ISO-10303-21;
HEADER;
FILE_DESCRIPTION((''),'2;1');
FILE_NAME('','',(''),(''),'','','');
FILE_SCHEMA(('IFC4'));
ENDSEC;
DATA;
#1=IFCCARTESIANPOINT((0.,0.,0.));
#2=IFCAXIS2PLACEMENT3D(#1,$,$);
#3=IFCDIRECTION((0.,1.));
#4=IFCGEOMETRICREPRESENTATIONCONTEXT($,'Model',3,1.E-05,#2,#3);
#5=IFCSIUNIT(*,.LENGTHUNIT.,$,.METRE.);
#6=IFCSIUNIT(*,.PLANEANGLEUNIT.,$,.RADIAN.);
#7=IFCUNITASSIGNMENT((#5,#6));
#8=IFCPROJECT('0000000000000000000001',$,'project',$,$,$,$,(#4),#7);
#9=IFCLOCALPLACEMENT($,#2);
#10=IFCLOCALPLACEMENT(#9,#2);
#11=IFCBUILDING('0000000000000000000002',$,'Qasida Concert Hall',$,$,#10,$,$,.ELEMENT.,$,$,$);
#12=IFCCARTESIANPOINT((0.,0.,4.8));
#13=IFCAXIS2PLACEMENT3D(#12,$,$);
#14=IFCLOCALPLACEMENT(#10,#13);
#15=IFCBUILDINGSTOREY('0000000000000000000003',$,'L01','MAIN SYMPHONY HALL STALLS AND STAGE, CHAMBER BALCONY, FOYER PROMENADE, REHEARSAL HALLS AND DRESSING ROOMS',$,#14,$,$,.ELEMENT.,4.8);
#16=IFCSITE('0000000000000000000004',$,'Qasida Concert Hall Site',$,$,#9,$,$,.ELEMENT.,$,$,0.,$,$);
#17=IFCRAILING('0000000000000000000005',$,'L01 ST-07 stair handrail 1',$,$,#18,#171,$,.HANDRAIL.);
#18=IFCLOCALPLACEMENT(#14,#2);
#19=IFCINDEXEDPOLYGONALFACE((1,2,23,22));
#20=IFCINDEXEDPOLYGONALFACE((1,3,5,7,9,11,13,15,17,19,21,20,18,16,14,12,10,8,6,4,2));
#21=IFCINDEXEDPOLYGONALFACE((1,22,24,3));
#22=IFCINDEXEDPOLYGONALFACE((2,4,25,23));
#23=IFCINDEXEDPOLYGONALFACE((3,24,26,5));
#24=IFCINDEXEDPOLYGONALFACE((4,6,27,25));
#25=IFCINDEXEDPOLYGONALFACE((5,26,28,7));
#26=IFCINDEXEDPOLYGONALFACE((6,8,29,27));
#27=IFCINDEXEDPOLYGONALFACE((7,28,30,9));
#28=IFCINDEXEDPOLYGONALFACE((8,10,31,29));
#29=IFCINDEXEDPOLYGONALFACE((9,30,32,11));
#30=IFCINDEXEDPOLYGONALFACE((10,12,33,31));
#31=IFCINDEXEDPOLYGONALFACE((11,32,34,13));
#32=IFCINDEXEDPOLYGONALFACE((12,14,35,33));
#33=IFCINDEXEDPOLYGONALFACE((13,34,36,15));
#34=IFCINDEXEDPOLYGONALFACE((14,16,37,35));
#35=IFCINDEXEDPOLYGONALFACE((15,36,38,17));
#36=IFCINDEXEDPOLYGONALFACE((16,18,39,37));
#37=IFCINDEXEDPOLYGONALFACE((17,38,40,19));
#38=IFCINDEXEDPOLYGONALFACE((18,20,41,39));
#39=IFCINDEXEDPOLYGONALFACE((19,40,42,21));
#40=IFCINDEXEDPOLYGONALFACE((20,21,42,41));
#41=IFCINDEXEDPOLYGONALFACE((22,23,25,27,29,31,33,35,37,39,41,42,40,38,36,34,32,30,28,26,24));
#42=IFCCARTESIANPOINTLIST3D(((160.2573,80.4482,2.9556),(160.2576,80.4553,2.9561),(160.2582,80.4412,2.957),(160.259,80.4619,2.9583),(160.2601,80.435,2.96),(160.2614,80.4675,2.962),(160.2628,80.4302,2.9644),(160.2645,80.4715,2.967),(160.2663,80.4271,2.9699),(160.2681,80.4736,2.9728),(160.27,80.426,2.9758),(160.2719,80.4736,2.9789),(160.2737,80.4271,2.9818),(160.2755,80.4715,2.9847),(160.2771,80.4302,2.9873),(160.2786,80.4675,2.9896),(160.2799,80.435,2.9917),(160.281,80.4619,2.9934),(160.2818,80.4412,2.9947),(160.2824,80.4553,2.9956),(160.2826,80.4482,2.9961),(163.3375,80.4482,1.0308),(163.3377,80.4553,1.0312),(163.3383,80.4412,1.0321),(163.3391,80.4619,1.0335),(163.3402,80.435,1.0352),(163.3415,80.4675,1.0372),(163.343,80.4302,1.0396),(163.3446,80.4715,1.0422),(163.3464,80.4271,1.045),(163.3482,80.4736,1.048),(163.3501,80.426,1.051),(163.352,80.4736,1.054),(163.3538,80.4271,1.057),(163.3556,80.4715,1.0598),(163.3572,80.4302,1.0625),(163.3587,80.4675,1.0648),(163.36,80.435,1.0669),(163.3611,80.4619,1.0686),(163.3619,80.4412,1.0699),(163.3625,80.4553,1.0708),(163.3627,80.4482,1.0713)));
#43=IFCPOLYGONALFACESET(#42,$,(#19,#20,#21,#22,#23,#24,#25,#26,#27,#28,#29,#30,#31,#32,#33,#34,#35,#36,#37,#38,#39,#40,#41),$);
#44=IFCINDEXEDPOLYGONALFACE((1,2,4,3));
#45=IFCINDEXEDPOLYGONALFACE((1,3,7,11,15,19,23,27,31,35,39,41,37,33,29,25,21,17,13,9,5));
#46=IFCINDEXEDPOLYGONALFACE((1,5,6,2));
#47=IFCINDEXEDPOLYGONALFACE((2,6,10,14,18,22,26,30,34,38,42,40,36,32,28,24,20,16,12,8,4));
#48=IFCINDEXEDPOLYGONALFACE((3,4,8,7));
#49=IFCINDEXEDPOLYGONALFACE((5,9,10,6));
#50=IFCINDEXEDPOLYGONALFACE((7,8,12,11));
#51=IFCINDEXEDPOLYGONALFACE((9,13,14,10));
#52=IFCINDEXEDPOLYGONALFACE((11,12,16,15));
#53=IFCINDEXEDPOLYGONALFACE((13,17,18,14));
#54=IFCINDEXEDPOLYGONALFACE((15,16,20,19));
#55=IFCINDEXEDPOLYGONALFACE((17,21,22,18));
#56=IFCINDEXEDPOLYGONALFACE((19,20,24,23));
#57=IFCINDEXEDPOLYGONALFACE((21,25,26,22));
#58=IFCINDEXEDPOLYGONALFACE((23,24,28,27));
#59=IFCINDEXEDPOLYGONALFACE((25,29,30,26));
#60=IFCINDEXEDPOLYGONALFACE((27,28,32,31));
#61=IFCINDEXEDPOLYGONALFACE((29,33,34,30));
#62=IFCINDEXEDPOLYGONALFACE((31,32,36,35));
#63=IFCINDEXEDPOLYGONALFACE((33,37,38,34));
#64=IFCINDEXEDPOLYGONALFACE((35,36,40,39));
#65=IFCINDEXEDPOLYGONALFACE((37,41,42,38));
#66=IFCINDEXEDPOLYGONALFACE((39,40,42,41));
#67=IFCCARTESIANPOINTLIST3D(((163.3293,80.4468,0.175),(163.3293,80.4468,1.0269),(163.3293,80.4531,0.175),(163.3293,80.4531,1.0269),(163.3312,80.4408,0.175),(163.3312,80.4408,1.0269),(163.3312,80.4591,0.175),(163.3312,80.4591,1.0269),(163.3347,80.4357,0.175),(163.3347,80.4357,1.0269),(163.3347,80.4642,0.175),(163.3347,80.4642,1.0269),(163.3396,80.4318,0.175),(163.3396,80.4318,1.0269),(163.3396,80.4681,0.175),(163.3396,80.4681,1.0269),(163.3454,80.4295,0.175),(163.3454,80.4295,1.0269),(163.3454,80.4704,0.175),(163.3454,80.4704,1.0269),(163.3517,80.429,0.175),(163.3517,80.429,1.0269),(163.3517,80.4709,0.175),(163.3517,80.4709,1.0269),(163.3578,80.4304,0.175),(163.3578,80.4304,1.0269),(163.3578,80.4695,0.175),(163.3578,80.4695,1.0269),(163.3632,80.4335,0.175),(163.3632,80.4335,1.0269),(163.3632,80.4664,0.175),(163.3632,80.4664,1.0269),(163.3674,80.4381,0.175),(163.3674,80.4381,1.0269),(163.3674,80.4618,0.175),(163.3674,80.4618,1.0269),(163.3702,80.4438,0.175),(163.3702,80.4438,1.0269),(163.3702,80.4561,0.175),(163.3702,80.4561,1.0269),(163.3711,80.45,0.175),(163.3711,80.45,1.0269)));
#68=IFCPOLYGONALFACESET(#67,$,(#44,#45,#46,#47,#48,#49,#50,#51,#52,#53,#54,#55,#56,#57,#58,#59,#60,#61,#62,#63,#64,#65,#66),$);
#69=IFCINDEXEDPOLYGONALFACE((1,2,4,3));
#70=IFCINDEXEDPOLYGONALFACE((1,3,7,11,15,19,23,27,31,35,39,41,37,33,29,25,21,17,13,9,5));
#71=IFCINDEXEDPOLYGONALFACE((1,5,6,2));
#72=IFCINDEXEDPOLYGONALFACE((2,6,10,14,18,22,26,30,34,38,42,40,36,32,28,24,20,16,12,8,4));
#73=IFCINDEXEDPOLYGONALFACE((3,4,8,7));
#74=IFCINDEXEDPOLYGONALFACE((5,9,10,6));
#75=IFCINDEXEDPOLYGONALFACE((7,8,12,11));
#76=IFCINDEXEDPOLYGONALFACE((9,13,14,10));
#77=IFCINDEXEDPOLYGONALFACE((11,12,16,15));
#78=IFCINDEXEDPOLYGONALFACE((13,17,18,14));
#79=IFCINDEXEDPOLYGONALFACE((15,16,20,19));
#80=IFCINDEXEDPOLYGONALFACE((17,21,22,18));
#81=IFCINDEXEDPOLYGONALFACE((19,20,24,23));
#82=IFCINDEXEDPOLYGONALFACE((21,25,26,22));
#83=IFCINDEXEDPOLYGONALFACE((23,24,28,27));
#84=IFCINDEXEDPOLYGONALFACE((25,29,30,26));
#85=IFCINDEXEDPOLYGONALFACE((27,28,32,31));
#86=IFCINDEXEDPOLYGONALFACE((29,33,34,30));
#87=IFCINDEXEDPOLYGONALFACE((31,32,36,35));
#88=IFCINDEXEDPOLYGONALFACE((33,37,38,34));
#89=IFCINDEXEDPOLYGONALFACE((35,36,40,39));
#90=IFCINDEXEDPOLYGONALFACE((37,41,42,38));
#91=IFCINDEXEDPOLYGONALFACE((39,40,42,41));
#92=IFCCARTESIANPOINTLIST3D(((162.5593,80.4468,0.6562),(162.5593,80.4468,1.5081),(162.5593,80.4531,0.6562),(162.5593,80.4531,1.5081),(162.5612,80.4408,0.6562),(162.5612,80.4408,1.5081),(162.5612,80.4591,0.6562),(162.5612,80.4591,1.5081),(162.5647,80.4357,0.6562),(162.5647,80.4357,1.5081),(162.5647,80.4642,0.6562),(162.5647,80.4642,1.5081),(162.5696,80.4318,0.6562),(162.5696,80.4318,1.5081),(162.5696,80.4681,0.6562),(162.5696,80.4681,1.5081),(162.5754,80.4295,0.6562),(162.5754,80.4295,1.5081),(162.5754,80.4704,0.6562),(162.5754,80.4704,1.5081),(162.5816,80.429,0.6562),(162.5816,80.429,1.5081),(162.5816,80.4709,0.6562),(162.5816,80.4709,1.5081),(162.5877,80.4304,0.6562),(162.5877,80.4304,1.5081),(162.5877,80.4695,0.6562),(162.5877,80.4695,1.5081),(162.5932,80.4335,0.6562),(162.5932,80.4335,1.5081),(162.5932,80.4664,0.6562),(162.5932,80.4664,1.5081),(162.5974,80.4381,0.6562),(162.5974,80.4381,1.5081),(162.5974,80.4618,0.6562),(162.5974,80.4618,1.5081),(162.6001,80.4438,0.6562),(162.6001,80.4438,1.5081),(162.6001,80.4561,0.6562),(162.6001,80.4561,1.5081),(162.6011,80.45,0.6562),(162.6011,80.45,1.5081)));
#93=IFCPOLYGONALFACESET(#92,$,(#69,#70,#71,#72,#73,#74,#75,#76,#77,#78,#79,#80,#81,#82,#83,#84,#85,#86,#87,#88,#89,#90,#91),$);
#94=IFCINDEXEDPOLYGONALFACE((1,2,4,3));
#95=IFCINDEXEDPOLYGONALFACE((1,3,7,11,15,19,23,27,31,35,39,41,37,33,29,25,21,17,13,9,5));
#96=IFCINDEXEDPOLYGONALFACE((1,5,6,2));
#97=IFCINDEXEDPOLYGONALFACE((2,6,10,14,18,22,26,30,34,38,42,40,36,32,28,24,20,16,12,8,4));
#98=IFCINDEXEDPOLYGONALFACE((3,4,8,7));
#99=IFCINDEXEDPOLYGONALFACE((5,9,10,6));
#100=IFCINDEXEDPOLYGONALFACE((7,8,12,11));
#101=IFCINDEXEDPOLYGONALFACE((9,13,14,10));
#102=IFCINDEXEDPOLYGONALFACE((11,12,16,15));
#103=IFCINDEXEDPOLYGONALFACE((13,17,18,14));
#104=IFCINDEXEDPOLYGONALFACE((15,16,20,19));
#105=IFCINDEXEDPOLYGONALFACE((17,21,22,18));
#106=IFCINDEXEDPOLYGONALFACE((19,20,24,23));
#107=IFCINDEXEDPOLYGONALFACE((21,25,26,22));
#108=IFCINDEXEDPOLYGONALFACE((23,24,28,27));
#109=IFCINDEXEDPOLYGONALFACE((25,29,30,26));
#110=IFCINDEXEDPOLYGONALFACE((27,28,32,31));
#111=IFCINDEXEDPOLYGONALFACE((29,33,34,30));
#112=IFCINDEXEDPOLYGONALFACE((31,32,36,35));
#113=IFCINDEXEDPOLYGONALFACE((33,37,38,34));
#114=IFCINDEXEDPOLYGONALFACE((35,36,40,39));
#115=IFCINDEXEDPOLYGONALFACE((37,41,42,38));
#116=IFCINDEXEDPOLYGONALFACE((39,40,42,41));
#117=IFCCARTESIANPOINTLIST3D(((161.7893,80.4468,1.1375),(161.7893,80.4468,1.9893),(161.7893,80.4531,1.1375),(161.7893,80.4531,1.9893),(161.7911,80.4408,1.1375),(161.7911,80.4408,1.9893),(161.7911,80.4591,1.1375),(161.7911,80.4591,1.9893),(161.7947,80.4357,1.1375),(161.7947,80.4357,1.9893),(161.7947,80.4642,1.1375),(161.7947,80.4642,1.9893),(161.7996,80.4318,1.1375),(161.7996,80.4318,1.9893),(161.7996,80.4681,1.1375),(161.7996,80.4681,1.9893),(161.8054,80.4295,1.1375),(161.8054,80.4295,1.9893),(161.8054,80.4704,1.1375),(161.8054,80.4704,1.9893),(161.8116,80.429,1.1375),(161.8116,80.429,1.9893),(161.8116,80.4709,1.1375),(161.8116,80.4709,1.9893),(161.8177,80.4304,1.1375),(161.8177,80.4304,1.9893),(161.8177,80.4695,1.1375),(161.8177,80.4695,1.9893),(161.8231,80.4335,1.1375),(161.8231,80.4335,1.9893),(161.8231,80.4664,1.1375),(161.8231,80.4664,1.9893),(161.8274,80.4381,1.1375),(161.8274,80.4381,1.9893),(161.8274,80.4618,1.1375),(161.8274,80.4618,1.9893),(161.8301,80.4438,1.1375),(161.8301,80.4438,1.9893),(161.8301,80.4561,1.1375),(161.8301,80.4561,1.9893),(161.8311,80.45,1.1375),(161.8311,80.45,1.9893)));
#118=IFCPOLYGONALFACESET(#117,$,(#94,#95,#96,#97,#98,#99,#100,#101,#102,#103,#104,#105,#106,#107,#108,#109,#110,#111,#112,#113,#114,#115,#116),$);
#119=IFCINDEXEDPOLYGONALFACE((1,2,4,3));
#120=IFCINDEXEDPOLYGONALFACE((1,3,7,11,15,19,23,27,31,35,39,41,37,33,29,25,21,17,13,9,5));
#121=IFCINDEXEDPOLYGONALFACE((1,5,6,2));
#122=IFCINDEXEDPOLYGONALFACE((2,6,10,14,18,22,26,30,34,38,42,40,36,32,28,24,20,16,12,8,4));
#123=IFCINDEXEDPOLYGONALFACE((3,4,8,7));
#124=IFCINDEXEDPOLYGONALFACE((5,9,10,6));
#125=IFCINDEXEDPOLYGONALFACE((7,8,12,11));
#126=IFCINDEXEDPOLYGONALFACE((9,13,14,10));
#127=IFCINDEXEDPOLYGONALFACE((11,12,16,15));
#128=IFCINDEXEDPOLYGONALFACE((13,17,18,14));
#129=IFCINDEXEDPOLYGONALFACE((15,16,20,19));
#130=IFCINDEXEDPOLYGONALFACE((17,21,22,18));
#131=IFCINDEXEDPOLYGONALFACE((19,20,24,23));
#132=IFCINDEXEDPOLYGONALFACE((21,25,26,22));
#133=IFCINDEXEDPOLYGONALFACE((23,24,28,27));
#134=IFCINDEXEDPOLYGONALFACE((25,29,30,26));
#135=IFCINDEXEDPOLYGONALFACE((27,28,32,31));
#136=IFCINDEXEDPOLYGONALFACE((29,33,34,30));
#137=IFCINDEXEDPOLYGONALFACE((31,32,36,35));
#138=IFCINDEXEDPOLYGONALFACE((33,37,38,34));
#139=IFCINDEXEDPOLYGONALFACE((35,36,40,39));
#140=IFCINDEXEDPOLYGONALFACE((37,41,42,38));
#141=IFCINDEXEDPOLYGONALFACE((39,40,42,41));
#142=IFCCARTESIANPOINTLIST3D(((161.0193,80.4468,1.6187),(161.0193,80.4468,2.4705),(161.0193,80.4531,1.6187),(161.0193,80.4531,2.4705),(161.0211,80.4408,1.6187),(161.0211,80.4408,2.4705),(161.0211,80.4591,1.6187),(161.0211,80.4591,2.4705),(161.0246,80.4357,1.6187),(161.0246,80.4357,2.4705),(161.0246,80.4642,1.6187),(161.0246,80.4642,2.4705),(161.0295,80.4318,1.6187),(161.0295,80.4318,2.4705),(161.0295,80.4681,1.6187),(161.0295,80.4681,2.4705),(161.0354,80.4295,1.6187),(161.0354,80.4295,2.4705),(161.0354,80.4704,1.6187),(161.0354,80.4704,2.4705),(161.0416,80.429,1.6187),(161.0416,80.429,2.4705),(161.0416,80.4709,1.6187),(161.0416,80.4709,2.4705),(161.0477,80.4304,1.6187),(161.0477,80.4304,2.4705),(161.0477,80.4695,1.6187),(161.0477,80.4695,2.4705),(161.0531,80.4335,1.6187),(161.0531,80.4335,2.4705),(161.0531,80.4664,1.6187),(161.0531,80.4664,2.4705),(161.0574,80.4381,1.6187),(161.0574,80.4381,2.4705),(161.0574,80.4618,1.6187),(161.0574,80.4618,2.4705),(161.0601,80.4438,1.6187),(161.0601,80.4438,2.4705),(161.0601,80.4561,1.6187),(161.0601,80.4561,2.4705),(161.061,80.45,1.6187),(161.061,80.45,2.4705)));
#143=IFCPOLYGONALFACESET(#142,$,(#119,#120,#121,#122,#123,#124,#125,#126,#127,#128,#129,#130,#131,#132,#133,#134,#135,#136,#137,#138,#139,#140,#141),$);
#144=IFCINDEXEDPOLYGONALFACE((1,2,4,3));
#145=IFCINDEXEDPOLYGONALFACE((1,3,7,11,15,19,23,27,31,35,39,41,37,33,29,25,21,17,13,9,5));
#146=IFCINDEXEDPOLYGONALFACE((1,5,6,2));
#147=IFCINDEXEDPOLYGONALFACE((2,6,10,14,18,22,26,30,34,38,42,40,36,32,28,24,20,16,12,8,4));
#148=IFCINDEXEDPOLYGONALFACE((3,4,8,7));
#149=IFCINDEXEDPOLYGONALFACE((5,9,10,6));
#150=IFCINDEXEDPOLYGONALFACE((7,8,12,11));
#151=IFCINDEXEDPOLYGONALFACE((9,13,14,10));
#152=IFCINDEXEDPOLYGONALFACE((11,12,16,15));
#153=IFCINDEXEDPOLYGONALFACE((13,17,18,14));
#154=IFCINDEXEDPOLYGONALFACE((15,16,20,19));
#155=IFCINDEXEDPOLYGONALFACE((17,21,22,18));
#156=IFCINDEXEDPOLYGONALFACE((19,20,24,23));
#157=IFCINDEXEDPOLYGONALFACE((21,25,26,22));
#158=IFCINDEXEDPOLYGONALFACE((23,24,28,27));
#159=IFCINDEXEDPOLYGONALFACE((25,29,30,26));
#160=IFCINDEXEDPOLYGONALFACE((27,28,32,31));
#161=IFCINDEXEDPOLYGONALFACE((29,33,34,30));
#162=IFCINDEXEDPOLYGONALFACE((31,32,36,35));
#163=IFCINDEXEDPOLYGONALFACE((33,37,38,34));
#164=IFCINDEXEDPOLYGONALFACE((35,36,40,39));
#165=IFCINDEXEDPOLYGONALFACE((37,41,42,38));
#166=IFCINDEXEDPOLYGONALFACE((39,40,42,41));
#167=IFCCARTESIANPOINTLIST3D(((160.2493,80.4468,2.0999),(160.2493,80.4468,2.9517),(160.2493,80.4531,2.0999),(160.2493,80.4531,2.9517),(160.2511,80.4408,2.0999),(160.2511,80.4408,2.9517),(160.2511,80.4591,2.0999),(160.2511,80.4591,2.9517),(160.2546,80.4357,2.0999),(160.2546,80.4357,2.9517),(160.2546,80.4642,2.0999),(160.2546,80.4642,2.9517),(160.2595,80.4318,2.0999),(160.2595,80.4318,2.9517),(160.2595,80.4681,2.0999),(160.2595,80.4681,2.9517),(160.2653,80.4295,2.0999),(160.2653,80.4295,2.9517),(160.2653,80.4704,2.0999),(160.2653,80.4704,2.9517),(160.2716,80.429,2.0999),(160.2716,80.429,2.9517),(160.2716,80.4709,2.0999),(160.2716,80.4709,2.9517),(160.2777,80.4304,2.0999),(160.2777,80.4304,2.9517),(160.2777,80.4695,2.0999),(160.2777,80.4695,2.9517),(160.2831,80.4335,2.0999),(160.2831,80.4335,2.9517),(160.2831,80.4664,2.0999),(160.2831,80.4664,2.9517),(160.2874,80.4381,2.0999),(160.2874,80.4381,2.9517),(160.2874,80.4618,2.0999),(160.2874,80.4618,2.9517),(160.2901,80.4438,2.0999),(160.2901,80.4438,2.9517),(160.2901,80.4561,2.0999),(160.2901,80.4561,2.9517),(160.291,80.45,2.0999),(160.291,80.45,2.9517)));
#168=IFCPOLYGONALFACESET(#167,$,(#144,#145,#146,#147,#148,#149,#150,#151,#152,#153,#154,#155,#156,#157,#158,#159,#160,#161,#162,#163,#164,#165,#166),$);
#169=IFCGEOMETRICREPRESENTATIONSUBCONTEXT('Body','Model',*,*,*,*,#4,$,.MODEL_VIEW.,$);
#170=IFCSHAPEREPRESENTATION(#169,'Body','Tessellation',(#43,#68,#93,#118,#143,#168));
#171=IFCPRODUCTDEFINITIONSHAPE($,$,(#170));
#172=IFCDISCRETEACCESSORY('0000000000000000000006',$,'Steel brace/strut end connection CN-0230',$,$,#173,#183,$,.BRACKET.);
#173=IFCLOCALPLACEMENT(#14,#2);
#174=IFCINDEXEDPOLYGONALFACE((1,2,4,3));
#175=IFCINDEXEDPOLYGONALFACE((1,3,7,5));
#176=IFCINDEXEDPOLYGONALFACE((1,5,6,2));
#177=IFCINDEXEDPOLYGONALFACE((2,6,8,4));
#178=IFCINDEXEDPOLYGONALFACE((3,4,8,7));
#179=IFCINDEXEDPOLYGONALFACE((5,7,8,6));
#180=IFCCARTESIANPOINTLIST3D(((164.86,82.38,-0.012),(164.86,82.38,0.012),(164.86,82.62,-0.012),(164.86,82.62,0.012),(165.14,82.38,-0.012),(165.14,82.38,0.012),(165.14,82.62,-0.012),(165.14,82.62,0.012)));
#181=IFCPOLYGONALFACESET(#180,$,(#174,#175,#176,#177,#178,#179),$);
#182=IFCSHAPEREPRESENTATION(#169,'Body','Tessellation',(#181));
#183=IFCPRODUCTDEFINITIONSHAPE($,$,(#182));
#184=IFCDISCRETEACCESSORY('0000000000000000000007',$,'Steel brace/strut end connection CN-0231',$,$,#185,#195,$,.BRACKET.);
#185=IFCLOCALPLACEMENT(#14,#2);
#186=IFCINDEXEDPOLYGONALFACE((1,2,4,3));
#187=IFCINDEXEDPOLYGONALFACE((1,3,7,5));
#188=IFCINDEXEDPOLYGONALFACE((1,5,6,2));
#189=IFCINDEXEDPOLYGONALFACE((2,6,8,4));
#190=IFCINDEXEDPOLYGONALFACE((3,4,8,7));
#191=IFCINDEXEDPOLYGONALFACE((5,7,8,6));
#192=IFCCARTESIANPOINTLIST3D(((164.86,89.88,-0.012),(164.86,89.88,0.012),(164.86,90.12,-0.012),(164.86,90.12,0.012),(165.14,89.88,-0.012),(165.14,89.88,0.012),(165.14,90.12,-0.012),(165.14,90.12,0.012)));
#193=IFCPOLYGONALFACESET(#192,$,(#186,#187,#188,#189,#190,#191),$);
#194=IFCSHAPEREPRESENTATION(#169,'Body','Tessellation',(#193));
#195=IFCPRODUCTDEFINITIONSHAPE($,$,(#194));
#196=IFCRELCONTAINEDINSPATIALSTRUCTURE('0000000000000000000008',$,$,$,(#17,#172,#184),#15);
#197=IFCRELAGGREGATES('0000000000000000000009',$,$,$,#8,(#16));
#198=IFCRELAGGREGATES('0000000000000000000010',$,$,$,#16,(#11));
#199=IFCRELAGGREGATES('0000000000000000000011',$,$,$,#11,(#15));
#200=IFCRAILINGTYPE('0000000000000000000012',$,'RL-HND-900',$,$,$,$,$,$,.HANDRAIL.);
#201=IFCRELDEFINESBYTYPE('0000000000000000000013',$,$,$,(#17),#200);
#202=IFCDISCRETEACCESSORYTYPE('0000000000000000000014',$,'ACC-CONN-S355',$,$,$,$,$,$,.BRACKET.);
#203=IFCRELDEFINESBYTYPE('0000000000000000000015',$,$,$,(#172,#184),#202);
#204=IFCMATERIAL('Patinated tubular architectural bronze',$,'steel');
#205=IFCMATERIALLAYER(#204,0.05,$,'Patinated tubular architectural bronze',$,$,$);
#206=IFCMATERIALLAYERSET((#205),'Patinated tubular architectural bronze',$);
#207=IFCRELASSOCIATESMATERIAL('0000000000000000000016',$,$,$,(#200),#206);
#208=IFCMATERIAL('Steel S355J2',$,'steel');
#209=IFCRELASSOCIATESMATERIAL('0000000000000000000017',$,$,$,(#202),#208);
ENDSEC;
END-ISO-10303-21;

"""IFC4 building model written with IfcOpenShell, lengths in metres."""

from ifc_helpers import new_model, si_unit, direction, frame, origin, origin_2d, place, context, subcontext, project, spatial, rectangle, circle, extrude, material, layer, layer_set, type_object, element, save


model = new_model("IFC4")

# Units and contexts
model_context = context("Model", 3, precision=1e-05, world=origin(), true_north=direction((0.0, 1.0)))
body_context = subcontext(model_context, "Body", "Model", "MODEL_VIEW")
ifc_project = project(units=[si_unit("LENGTHUNIT", "METRE"), si_unit("PLANEANGLEUNIT", "RADIAN")], contexts=[model_context])

# Site, building, storey
site_placement = place(None, origin())
site = spatial("IfcSite", under=ifc_project, at=site_placement, Name="Qasida Concert Hall Site", CompositionType="ELEMENT", RefElevation=0.0)
building_placement = place(site_placement, origin())
building = spatial("IfcBuilding", under=site, at=building_placement, Name="Qasida Concert Hall", CompositionType="ELEMENT")
storey_placement = place(building_placement, frame((0.0, 0.0, 4.8)))
storey = spatial("IfcBuildingStorey", under=building, at=storey_placement, Name="L01", Description="MAIN SYMPHONY HALL STALLS AND STAGE, CHAMBER BALCONY, FOYER PROMENADE, REHEARSAL HALLS AND DRESSING ROOMS", CompositionType="ELEMENT", Elevation=4.8)

# Shared definitions
ifc_material_1 = material(Name="Steel S355J2", Category="steel")

# Railing
ifc_material_2 = material(Name="Patinated tubular architectural bronze", Category="steel")
ifc_layer_1 = layer(ifc_material_2, 0.05, Name="Patinated tubular architectural bronze")
ifc_layer_set_1 = layer_set([ifc_layer_1], Name="Patinated tubular architectural bronze")
railing_type_1 = type_object("IfcRailingType", Name="RL-HND-900", PredefinedType="HANDRAIL", material=ifc_layer_set_1)
railing_1_placement = place(storey_placement, frame((163.3501, 80.45, 0.175)))
element("IfcRailing", 1, at=railing_1_placement, inside=storey, type_object=railing_type_1, Name="L01 ST-07 stair handrail 1", PredefinedType="HANDRAIL", context=body_context, shape_type="SweptSolid", body=[
    extrude(circle(Radius=0.0239, at=origin_2d()), frame((0.0, 0.0, 0.876), z_axis=(-0.848029, 0.0, 0.529951), x_axis=(0.0, -1.0, 0.0)), (0.0, 0.0, 1.0), 3.6321),
    extrude(circle(Radius=0.021, at=origin_2d()), origin(), (0.0, 0.0, 1.0), 0.8518),
    extrude(circle(Radius=0.021, at=origin_2d()), frame((-0.77, 0.0, 0.4812)), (0.0, 0.0, 1.0), 0.8518),
    extrude(circle(Radius=0.021, at=origin_2d()), frame((-1.54, 0.0, 0.9624)), (0.0, 0.0, 1.0), 0.8518),
    extrude(circle(Radius=0.021, at=origin_2d()), frame((-2.3101, 0.0, 1.4436)), (0.0, 0.0, 1.0), 0.8518),
    extrude(circle(Radius=0.021, at=origin_2d()), frame((-3.0801, 0.0, 1.9248)), (0.0, 0.0, 1.0), 0.8518),
])

# Discrete accessories
discrete_accessory_type = type_object("IfcDiscreteAccessoryType", Name="ACC-CONN-S355", PredefinedType="BRACKET", material=ifc_material_1)
for number, where, z_axis, x_axis, name in (
    (2, (165.0, 82.5, -0.012), (0.0, 0.0, 1.0), (1.0, 0.0, 0.0), "Steel brace/strut end connection CN-0230"),
    (3, (165.0, 90.0, -0.012), (0.0, 0.0, 1.0), (1.0, 0.0, 0.0), "Steel brace/strut end connection CN-0231"),
):
    element("IfcDiscreteAccessory", number, at=place(storey_placement, frame(where, z_axis=z_axis, x_axis=x_axis)), inside=storey, type_object=discrete_accessory_type, Name=name, PredefinedType="BRACKET", context=body_context, shape_type="SweptSolid", body=[
        extrude(rectangle(XDim=0.28, YDim=0.24, at=origin_2d()), origin(), (0.0, 0.0, 1.0), 0.0239),
    ])

save(model, "model.ifc")
